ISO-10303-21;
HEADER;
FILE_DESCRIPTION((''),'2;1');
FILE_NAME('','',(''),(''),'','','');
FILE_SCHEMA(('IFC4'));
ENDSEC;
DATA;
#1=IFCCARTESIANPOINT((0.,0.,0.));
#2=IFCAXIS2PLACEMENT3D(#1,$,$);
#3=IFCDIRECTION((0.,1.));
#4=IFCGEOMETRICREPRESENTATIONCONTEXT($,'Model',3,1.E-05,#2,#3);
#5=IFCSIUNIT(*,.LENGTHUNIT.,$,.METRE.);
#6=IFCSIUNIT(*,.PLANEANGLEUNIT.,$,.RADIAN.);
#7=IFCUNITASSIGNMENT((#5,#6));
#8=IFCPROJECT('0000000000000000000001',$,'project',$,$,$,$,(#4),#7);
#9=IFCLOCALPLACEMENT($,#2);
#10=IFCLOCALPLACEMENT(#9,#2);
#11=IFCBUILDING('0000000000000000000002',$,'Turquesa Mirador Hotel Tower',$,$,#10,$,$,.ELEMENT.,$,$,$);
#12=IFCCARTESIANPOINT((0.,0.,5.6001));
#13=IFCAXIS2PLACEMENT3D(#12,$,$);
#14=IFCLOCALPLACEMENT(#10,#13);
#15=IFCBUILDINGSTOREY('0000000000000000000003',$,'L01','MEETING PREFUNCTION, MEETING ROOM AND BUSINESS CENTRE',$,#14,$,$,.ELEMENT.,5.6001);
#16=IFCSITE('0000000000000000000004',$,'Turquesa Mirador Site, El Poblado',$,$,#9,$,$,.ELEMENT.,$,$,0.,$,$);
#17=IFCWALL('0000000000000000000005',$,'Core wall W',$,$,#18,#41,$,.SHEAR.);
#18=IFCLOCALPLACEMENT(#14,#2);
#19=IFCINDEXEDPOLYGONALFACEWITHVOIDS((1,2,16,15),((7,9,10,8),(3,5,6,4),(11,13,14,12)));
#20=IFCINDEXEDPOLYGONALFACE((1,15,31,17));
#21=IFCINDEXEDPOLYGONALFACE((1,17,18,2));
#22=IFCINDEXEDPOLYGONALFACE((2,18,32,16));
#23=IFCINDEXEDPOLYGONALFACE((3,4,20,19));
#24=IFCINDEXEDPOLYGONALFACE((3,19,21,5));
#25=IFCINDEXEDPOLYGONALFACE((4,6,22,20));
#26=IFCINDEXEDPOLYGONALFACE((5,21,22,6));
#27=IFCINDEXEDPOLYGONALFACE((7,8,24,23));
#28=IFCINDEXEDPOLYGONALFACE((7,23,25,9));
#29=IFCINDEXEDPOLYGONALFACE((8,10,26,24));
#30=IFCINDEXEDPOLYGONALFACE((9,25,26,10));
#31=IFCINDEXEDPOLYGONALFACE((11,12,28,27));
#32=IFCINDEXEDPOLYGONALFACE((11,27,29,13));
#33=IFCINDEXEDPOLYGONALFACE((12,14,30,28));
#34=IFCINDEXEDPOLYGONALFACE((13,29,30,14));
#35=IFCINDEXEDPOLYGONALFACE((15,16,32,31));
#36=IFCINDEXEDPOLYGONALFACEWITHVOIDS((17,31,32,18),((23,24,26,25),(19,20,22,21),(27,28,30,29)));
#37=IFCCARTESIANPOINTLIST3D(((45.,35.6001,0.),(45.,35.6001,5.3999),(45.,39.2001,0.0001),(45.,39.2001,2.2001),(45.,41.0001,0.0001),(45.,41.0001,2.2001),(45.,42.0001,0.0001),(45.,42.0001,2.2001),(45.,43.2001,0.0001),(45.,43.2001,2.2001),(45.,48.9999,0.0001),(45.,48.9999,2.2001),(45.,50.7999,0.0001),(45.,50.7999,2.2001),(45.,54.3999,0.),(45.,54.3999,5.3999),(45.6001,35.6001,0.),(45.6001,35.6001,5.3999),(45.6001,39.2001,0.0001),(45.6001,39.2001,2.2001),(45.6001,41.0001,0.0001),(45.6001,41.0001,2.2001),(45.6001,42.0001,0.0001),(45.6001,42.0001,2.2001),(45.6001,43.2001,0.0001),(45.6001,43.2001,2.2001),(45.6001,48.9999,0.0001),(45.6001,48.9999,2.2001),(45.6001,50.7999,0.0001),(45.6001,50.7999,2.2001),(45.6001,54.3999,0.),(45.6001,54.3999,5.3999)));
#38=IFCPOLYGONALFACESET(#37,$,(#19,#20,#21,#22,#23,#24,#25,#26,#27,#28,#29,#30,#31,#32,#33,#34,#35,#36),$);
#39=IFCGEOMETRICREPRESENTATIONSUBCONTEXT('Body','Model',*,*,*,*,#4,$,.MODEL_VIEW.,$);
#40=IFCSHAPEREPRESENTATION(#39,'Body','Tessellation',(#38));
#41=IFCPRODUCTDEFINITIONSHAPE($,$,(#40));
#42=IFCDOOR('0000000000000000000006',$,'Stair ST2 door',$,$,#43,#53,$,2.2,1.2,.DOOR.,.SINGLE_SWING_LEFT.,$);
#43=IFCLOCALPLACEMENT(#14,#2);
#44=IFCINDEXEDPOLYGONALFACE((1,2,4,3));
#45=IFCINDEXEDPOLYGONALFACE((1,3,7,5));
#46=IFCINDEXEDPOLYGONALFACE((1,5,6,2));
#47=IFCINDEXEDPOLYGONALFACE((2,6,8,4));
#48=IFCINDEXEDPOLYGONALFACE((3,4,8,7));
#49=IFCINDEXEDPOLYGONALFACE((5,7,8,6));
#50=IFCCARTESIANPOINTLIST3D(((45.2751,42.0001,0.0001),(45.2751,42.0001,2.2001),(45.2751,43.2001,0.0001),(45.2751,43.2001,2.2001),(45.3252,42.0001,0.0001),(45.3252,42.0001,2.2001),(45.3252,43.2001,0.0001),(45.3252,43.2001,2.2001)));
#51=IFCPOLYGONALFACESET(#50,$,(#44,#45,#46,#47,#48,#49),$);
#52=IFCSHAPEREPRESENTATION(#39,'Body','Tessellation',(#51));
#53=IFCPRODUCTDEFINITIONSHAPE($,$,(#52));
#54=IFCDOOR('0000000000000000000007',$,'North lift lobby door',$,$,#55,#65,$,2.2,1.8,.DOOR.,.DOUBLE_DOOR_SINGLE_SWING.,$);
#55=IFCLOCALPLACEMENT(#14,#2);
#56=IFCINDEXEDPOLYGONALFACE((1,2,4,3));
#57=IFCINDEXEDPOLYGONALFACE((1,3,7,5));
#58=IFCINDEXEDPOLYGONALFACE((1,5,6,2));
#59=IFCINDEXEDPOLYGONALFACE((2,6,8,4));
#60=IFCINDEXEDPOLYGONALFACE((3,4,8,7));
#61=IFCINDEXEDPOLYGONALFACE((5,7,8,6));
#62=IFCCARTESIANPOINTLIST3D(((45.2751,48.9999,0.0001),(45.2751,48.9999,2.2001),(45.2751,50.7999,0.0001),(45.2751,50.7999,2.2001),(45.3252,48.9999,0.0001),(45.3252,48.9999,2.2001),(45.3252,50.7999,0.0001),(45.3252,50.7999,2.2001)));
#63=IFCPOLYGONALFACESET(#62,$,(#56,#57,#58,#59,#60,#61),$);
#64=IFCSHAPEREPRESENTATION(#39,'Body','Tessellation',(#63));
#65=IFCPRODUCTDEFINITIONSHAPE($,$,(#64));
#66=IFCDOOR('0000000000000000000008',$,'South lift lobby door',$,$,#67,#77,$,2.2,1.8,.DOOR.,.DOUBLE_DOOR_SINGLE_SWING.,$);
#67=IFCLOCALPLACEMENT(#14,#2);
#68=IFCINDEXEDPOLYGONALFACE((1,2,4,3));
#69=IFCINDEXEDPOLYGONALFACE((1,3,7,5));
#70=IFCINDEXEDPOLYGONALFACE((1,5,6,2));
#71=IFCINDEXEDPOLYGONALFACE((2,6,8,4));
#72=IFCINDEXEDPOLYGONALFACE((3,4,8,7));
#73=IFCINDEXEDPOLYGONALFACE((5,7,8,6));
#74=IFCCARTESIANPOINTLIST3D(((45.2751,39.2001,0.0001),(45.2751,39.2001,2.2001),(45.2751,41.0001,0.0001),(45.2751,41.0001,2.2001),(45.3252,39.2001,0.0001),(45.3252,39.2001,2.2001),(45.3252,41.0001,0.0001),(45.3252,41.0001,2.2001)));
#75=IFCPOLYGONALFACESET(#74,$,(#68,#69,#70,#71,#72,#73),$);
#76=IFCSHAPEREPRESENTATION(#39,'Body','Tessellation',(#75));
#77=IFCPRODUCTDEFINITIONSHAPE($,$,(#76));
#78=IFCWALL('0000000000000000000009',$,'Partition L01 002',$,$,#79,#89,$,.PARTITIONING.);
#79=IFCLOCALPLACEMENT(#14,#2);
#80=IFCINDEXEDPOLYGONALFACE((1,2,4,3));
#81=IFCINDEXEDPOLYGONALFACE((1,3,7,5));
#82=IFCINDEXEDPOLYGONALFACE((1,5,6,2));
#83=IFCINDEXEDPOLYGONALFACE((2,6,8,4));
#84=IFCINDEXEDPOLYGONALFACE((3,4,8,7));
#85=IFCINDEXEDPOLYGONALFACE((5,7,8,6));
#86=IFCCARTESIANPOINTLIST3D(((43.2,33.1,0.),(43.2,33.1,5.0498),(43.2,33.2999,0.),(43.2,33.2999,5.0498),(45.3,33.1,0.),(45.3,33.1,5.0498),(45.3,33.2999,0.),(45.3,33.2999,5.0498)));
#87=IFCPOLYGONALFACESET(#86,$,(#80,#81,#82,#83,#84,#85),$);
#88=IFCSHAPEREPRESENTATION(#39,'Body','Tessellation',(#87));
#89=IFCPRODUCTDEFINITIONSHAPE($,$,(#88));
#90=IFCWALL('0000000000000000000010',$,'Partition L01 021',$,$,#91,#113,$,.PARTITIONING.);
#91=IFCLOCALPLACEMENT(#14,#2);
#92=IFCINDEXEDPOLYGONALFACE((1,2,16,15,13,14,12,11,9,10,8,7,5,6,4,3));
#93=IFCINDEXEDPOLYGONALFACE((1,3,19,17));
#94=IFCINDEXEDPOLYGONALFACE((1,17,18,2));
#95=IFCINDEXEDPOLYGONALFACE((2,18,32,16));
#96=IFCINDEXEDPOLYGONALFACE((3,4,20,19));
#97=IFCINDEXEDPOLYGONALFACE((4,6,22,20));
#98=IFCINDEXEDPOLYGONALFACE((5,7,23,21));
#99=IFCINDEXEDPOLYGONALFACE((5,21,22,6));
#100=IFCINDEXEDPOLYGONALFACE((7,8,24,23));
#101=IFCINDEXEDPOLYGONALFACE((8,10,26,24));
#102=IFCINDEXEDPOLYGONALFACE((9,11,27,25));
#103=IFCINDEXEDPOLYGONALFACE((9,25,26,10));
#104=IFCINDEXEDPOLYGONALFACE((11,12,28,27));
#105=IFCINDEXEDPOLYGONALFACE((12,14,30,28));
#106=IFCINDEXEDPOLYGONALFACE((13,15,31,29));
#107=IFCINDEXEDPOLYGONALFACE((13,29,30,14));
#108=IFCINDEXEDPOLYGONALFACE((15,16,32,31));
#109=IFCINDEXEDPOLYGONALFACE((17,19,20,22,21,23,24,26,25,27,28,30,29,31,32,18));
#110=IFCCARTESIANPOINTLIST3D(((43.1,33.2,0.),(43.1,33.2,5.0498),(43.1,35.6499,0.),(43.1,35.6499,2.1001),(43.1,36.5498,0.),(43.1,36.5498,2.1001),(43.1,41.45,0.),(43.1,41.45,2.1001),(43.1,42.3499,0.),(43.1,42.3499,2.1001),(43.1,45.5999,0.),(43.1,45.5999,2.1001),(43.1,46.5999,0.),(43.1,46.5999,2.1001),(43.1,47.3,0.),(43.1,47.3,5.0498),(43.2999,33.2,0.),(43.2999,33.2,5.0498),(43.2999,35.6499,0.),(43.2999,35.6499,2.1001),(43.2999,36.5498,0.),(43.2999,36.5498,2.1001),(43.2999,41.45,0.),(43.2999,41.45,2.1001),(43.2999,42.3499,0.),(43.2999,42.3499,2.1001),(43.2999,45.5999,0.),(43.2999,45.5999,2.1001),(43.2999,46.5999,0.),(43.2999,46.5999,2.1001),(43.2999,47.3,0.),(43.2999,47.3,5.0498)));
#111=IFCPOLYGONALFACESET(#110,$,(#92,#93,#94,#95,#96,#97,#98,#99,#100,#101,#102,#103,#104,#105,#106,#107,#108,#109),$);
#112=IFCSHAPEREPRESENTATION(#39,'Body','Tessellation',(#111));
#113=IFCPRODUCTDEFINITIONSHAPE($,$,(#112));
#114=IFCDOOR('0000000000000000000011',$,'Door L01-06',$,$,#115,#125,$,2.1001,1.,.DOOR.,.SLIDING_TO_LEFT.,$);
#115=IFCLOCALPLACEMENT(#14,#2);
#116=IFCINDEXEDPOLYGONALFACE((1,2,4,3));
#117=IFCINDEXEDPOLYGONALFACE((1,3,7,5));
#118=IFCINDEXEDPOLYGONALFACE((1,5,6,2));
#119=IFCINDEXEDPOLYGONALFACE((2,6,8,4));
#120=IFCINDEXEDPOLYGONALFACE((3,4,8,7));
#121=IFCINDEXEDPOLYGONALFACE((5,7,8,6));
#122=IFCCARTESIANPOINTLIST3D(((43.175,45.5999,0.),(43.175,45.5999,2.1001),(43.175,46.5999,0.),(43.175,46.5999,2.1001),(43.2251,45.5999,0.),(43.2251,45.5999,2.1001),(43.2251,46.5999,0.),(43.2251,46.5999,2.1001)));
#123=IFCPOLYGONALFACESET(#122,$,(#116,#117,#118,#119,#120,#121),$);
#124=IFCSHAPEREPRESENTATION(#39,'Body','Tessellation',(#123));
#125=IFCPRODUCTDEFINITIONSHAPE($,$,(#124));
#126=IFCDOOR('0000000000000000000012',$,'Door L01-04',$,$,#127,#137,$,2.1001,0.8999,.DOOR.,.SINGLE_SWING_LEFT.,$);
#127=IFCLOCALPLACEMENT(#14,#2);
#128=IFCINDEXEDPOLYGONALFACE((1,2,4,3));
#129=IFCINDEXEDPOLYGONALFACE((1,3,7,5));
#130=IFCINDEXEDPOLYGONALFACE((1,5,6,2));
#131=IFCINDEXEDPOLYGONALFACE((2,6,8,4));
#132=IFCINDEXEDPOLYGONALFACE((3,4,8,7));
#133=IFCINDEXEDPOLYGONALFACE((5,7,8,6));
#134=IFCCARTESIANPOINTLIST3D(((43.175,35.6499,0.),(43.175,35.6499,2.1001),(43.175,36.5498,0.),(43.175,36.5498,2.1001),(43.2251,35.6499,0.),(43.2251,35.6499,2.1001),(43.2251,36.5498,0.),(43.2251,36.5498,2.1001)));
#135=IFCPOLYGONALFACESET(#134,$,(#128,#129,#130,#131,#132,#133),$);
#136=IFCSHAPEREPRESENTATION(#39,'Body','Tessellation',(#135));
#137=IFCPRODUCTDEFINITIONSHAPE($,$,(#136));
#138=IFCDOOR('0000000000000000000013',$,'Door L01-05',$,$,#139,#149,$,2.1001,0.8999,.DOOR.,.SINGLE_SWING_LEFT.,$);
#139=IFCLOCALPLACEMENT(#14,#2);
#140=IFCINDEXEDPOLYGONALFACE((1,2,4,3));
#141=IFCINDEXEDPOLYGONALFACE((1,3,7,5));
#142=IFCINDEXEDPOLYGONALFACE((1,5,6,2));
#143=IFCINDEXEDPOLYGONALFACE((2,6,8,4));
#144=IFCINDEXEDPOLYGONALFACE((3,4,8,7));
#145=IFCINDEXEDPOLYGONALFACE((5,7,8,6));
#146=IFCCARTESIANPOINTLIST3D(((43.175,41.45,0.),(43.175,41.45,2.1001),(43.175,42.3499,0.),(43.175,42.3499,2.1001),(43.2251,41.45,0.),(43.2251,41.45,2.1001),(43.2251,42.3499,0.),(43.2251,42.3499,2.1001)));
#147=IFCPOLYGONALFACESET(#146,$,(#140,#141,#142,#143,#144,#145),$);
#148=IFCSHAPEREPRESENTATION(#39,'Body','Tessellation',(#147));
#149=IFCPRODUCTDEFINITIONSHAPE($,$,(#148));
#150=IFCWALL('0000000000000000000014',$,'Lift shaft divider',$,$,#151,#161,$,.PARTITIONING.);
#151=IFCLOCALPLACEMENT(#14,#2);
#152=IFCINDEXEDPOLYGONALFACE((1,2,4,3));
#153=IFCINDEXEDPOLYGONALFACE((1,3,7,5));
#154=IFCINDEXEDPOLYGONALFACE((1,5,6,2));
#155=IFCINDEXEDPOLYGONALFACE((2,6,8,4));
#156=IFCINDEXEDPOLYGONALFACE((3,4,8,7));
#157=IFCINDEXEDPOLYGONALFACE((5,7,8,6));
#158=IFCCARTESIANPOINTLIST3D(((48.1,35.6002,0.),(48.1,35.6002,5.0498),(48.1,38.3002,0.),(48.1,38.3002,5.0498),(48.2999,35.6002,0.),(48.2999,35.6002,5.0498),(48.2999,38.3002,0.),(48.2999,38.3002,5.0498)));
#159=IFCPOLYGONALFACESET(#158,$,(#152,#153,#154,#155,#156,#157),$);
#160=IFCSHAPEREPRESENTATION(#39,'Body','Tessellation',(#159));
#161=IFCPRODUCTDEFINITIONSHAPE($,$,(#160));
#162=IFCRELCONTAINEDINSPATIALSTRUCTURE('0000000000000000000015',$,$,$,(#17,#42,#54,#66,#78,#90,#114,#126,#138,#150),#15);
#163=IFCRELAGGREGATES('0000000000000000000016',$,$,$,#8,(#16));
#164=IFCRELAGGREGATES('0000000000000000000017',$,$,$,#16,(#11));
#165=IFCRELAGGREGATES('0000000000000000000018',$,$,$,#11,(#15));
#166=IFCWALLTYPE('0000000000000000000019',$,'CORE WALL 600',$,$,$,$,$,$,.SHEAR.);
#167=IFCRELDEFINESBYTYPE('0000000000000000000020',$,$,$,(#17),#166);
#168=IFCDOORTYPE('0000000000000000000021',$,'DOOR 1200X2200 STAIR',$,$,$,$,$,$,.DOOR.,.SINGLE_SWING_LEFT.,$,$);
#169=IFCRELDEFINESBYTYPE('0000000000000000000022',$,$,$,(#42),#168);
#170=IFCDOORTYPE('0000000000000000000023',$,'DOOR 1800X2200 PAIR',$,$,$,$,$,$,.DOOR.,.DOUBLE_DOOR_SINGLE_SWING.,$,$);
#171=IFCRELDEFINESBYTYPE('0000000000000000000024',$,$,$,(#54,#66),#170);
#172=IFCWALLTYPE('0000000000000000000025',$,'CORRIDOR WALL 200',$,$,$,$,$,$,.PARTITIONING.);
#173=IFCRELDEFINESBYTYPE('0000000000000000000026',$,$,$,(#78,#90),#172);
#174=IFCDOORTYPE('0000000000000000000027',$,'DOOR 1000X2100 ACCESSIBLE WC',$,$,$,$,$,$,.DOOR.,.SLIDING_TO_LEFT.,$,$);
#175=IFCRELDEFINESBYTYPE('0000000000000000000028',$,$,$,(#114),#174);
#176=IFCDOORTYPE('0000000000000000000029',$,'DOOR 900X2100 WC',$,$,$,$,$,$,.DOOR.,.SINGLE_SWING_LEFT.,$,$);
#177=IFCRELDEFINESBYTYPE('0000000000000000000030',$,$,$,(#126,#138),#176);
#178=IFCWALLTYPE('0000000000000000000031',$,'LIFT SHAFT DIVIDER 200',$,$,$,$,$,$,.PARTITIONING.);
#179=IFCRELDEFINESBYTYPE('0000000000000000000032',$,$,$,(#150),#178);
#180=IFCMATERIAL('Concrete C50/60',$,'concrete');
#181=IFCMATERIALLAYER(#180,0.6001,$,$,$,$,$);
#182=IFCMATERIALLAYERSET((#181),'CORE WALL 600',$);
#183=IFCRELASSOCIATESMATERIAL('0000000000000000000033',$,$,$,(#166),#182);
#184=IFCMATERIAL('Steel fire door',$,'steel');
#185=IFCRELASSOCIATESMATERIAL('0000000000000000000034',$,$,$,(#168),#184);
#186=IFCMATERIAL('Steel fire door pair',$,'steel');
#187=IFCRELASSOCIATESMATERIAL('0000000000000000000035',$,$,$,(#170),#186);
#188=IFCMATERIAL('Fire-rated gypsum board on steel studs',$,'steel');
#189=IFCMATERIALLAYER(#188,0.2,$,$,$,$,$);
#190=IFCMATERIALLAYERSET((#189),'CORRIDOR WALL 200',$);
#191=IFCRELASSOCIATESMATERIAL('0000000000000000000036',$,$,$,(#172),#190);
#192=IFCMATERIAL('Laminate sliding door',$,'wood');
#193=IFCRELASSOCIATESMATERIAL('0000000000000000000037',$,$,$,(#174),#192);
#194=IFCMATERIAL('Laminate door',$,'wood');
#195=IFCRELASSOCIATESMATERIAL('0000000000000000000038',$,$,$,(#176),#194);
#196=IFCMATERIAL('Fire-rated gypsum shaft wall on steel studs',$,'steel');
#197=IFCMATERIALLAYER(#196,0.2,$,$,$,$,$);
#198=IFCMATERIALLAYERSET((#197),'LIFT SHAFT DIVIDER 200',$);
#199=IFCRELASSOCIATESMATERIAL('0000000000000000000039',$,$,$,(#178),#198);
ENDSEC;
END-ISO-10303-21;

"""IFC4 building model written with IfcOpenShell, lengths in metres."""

from ifc_helpers import new_model, si_unit, direction, frame, frame_2d, origin, place, context, subcontext, project, spatial, rectangle, extrude, material, layer, layer_set, type_object, element, fill, save


model = new_model("IFC4")

# Units and contexts
model_context = context("Model", 3, precision=1e-05, world=origin(), true_north=direction((0.0, 1.0)))
body_context = subcontext(model_context, "Body", "Model", "MODEL_VIEW")
ifc_project = project(units=[si_unit("LENGTHUNIT", "METRE"), si_unit("PLANEANGLEUNIT", "RADIAN")], contexts=[model_context])

# Site, building, storey
site_placement = place(None, origin())
site = spatial("IfcSite", under=ifc_project, at=site_placement, Name="Turquesa Mirador Site, El Poblado", CompositionType="ELEMENT", RefElevation=0.0)
building_placement = place(site_placement, origin())
building = spatial("IfcBuilding", under=site, at=building_placement, Name="Turquesa Mirador Hotel Tower", CompositionType="ELEMENT")
storey_placement = place(building_placement, frame((0.0, 0.0, 5.6001)))
storey = spatial("IfcBuildingStorey", under=building, at=storey_placement, Name="L01", Description="MEETING PREFUNCTION, MEETING ROOM AND BUSINESS CENTRE", CompositionType="ELEMENT", Elevation=5.6001)

# Shared definitions
ifc_material_1 = material(Name="Concrete C50/60", Category="concrete")
ifc_layer_1 = layer(ifc_material_1, 0.6001)
ifc_layer_set_1 = layer_set([ifc_layer_1], Name="CORE WALL 600")
wall_type_1 = type_object("IfcWallType", Name="CORE WALL 600", PredefinedType="SHEAR", material=ifc_layer_set_1)

# Wall, openings, doors
wall_1_placement = place(storey_placement, frame((45.3, 35.6001, 0.0), z_axis=(0.0, 0.0, 1.0), x_axis=(0.0, 1.0, 0.0)))
wall_1 = element("IfcWall", 1, at=wall_1_placement, inside=storey, type_object=wall_type_1, Name="Core wall W", PredefinedType="SHEAR", context=body_context, shape_type="SweptSolid", body=[
    extrude(rectangle(XDim=18.7998, YDim=0.6001, at=frame_2d((9.3999, 0.0))), origin(), (0.0, 0.0, 1.0), 5.3999),
])
opening_1_placement = place(wall_1_placement, frame((13.3999, 0.0, 0.0)))
opening_1 = element("IfcOpeningElement", 2, at=opening_1_placement, cuts=wall_1, PredefinedType="OPENING", context=body_context, shape_type="SweptSolid", body=[
    extrude(rectangle(XDim=1.8, YDim=2.2, at=frame_2d((0.8999, 1.1001))), frame((0.0, 0.3101, 0.0), z_axis=(0.0, -1.0, 0.0), x_axis=(1.0, 0.0, 0.0)), (0.0, 0.0, 1.0), 0.6201),
])
opening_2_placement = place(wall_1_placement, frame((3.6001, 0.0, 0.0)))
opening_2 = element("IfcOpeningElement", 3, at=opening_2_placement, cuts=wall_1, PredefinedType="OPENING", context=body_context, shape_type="SweptSolid", body=[
    extrude(rectangle(XDim=1.8, YDim=2.2, at=frame_2d((0.8999, 1.1001))), frame((0.0, 0.3101, 0.0), z_axis=(0.0, -1.0, 0.0), x_axis=(1.0, 0.0, 0.0)), (0.0, 0.0, 1.0), 0.6201),
])
opening_3_placement = place(wall_1_placement, frame((6.3999, 0.0, 0.0)))
opening_3 = element("IfcOpeningElement", 4, at=opening_3_placement, cuts=wall_1, PredefinedType="OPENING", context=body_context, shape_type="SweptSolid", body=[
    extrude(rectangle(XDim=1.2, YDim=2.2, at=frame_2d((0.6001, 1.1001))), frame((0.0, 0.3101, 0.0), z_axis=(0.0, -1.0, 0.0), x_axis=(1.0, 0.0, 0.0)), (0.0, 0.0, 1.0), 0.6201),
])
ifc_material_2 = material(Name="Steel fire door", Category="steel")
door_type_1 = type_object("IfcDoorType", Name="DOOR 1200X2200 STAIR", OperationType="SINGLE_SWING_LEFT", PredefinedType="DOOR", material=ifc_material_2)
door_1_placement = place(opening_3_placement, origin())
door_1 = element("IfcDoor", 5, at=door_1_placement, inside=storey, type_object=door_type_1, Name="Stair ST2 door", OperationType="SINGLE_SWING_LEFT", OverallHeight=2.2, OverallWidth=1.2, PredefinedType="DOOR", context=body_context, shape_type="SweptSolid", body=[
    extrude(rectangle(XDim=1.2, YDim=2.2, at=frame_2d((0.6001, 1.1001))), frame((0.0, 0.0249, 0.0), z_axis=(0.0, -1.0, 0.0), x_axis=(1.0, 0.0, 0.0)), (0.0, 0.0, 1.0), 0.05),
])
fill(opening_3, door_1)
ifc_material_3 = material(Name="Steel fire door pair", Category="steel")
door_type_2 = type_object("IfcDoorType", Name="DOOR 1800X2200 PAIR", OperationType="DOUBLE_DOOR_SINGLE_SWING", PredefinedType="DOOR", material=ifc_material_3)
door_2_placement = place(opening_1_placement, origin())
door_2 = element("IfcDoor", 6, at=door_2_placement, inside=storey, type_object=door_type_2, Name="North lift lobby door", OperationType="DOUBLE_DOOR_SINGLE_SWING", OverallHeight=2.2, OverallWidth=1.8, PredefinedType="DOOR", context=body_context, shape_type="SweptSolid", body=[
    extrude(rectangle(XDim=1.8, YDim=2.2, at=frame_2d((0.8999, 1.1001))), frame((0.0, 0.0249, 0.0), z_axis=(0.0, -1.0, 0.0), x_axis=(1.0, 0.0, 0.0)), (0.0, 0.0, 1.0), 0.05),
])
fill(opening_1, door_2)
door_3_placement = place(opening_2_placement, origin())
door_3 = element("IfcDoor", 7, at=door_3_placement, inside=storey, type_object=door_type_2, Name="South lift lobby door", OperationType="DOUBLE_DOOR_SINGLE_SWING", OverallHeight=2.2, OverallWidth=1.8, PredefinedType="DOOR", context=body_context, shape_type="SweptSolid", body=[
    extrude(rectangle(XDim=1.8, YDim=2.2, at=frame_2d((0.8999, 1.1001))), frame((0.0, 0.0249, 0.0), z_axis=(0.0, -1.0, 0.0), x_axis=(1.0, 0.0, 0.0)), (0.0, 0.0, 1.0), 0.05),
])
fill(opening_2, door_3)

# Wall
ifc_material_4 = material(Name="Fire-rated gypsum board on steel studs", Category="steel")
ifc_layer_2 = layer(ifc_material_4, 0.2)
ifc_layer_set_2 = layer_set([ifc_layer_2], Name="CORRIDOR WALL 200")
wall_type_2 = type_object("IfcWallType", Name="CORRIDOR WALL 200", PredefinedType="PARTITIONING", material=ifc_layer_set_2)
wall_2_placement = place(storey_placement, frame((43.2, 33.2, 0.0), z_axis=(0.0, 0.0, 1.0), x_axis=(1.0, 0.0, 0.0)))
element("IfcWall", 8, at=wall_2_placement, inside=storey, type_object=wall_type_2, Name="Partition L01 002", PredefinedType="PARTITIONING", context=body_context, shape_type="SweptSolid", body=[
    extrude(rectangle(XDim=2.1001, YDim=0.2, at=frame_2d((1.05, 0.0))), origin(), (0.0, 0.0, 1.0), 5.0498),
])

# Wall, openings, doors
wall_3_placement = place(storey_placement, frame((43.2, 33.2, 0.0), z_axis=(0.0, 0.0, 1.0), x_axis=(0.0, 1.0, 0.0)))
wall_3 = element("IfcWall", 9, at=wall_3_placement, inside=storey, type_object=wall_type_2, Name="Partition L01 021", PredefinedType="PARTITIONING", context=body_context, shape_type="SweptSolid", body=[
    extrude(rectangle(XDim=14.1001, YDim=0.2, at=frame_2d((7.05, 0.0))), origin(), (0.0, 0.0, 1.0), 5.0498),
])
opening_4_placement = place(wall_3_placement, frame((12.3999, 0.0, 0.0)))
opening_4 = element("IfcOpeningElement", 10, at=opening_4_placement, cuts=wall_3, PredefinedType="OPENING", context=body_context, shape_type="SweptSolid", body=[
    extrude(rectangle(XDim=1.0, YDim=2.1001, at=frame_2d((0.5, 1.05))), frame((0.0, 0.1099, 0.0), z_axis=(0.0, -1.0, 0.0), x_axis=(1.0, 0.0, 0.0)), (0.0, 0.0, 1.0), 0.22),
])
opening_5_placement = place(wall_3_placement, frame((2.45, 0.0, 0.0)))
opening_5 = element("IfcOpeningElement", 11, at=opening_5_placement, cuts=wall_3, PredefinedType="OPENING", context=body_context, shape_type="SweptSolid", body=[
    extrude(rectangle(XDim=0.8999, YDim=2.1001, at=frame_2d((0.45, 1.05))), frame((0.0, 0.1099, 0.0), z_axis=(0.0, -1.0, 0.0), x_axis=(1.0, 0.0, 0.0)), (0.0, 0.0, 1.0), 0.22),
])
opening_6_placement = place(wall_3_placement, frame((8.25, 0.0, 0.0)))
opening_6 = element("IfcOpeningElement", 12, at=opening_6_placement, cuts=wall_3, PredefinedType="OPENING", context=body_context, shape_type="SweptSolid", body=[
    extrude(rectangle(XDim=0.8999, YDim=2.1001, at=frame_2d((0.45, 1.05))), frame((0.0, 0.1099, 0.0), z_axis=(0.0, -1.0, 0.0), x_axis=(1.0, 0.0, 0.0)), (0.0, 0.0, 1.0), 0.22),
])
ifc_material_5 = material(Name="Laminate sliding door", Category="wood")
door_type_3 = type_object("IfcDoorType", Name="DOOR 1000X2100 ACCESSIBLE WC", OperationType="SLIDING_TO_LEFT", PredefinedType="DOOR", material=ifc_material_5)
door_4_placement = place(opening_4_placement, origin())
door_4 = element("IfcDoor", 13, at=door_4_placement, inside=storey, type_object=door_type_3, Name="Door L01-06", OperationType="SLIDING_TO_LEFT", OverallHeight=2.1001, OverallWidth=1.0, PredefinedType="DOOR", context=body_context, shape_type="SweptSolid", body=[
    extrude(rectangle(XDim=1.0, YDim=2.1001, at=frame_2d((0.5, 1.05))), frame((0.0, 0.0249, 0.0), z_axis=(0.0, -1.0, 0.0), x_axis=(1.0, 0.0, 0.0)), (0.0, 0.0, 1.0), 0.05),
])
fill(opening_4, door_4)
ifc_material_6 = material(Name="Laminate door", Category="wood")
door_type_4 = type_object("IfcDoorType", Name="DOOR 900X2100 WC", OperationType="SINGLE_SWING_LEFT", PredefinedType="DOOR", material=ifc_material_6)
door_5_placement = place(opening_5_placement, origin())
door_5 = element("IfcDoor", 14, at=door_5_placement, inside=storey, type_object=door_type_4, Name="Door L01-04", OperationType="SINGLE_SWING_LEFT", OverallHeight=2.1001, OverallWidth=0.8999, PredefinedType="DOOR", context=body_context, shape_type="SweptSolid", body=[
    extrude(rectangle(XDim=0.8999, YDim=2.1001, at=frame_2d((0.45, 1.05))), frame((0.0, 0.0249, 0.0), z_axis=(0.0, -1.0, 0.0), x_axis=(1.0, 0.0, 0.0)), (0.0, 0.0, 1.0), 0.05),
])
fill(opening_5, door_5)
door_6_placement = place(opening_6_placement, origin())
door_6 = element("IfcDoor", 15, at=door_6_placement, inside=storey, type_object=door_type_4, Name="Door L01-05", OperationType="SINGLE_SWING_LEFT", OverallHeight=2.1001, OverallWidth=0.8999, PredefinedType="DOOR", context=body_context, shape_type="SweptSolid", body=[
    extrude(rectangle(XDim=0.8999, YDim=2.1001, at=frame_2d((0.45, 1.05))), frame((0.0, 0.0249, 0.0), z_axis=(0.0, -1.0, 0.0), x_axis=(1.0, 0.0, 0.0)), (0.0, 0.0, 1.0), 0.05),
])
fill(opening_6, door_6)

# Wall
ifc_material_7 = material(Name="Fire-rated gypsum shaft wall on steel studs", Category="steel")
ifc_layer_3 = layer(ifc_material_7, 0.2)
ifc_layer_set_3 = layer_set([ifc_layer_3], Name="LIFT SHAFT DIVIDER 200")
wall_type_3 = type_object("IfcWallType", Name="LIFT SHAFT DIVIDER 200", PredefinedType="PARTITIONING", material=ifc_layer_set_3)
for number, where, z_axis, x_axis, name in (
    (16, (48.2, 35.6001, 0.0), (0.0, 0.0, 1.0), (0.0, 1.0, 0.0), "Lift shaft divider"),
):
    element("IfcWall", number, at=place(storey_placement, frame(where, z_axis=z_axis, x_axis=x_axis)), inside=storey, type_object=wall_type_3, Name=name, PredefinedType="PARTITIONING", context=body_context, shape_type="SweptSolid", body=[
        extrude(rectangle(XDim=2.7, YDim=0.2, at=frame_2d((1.3501, 0.0))), origin(), (0.0, 0.0, 1.0), 5.0498),
    ])

save(model, "model.ifc")
